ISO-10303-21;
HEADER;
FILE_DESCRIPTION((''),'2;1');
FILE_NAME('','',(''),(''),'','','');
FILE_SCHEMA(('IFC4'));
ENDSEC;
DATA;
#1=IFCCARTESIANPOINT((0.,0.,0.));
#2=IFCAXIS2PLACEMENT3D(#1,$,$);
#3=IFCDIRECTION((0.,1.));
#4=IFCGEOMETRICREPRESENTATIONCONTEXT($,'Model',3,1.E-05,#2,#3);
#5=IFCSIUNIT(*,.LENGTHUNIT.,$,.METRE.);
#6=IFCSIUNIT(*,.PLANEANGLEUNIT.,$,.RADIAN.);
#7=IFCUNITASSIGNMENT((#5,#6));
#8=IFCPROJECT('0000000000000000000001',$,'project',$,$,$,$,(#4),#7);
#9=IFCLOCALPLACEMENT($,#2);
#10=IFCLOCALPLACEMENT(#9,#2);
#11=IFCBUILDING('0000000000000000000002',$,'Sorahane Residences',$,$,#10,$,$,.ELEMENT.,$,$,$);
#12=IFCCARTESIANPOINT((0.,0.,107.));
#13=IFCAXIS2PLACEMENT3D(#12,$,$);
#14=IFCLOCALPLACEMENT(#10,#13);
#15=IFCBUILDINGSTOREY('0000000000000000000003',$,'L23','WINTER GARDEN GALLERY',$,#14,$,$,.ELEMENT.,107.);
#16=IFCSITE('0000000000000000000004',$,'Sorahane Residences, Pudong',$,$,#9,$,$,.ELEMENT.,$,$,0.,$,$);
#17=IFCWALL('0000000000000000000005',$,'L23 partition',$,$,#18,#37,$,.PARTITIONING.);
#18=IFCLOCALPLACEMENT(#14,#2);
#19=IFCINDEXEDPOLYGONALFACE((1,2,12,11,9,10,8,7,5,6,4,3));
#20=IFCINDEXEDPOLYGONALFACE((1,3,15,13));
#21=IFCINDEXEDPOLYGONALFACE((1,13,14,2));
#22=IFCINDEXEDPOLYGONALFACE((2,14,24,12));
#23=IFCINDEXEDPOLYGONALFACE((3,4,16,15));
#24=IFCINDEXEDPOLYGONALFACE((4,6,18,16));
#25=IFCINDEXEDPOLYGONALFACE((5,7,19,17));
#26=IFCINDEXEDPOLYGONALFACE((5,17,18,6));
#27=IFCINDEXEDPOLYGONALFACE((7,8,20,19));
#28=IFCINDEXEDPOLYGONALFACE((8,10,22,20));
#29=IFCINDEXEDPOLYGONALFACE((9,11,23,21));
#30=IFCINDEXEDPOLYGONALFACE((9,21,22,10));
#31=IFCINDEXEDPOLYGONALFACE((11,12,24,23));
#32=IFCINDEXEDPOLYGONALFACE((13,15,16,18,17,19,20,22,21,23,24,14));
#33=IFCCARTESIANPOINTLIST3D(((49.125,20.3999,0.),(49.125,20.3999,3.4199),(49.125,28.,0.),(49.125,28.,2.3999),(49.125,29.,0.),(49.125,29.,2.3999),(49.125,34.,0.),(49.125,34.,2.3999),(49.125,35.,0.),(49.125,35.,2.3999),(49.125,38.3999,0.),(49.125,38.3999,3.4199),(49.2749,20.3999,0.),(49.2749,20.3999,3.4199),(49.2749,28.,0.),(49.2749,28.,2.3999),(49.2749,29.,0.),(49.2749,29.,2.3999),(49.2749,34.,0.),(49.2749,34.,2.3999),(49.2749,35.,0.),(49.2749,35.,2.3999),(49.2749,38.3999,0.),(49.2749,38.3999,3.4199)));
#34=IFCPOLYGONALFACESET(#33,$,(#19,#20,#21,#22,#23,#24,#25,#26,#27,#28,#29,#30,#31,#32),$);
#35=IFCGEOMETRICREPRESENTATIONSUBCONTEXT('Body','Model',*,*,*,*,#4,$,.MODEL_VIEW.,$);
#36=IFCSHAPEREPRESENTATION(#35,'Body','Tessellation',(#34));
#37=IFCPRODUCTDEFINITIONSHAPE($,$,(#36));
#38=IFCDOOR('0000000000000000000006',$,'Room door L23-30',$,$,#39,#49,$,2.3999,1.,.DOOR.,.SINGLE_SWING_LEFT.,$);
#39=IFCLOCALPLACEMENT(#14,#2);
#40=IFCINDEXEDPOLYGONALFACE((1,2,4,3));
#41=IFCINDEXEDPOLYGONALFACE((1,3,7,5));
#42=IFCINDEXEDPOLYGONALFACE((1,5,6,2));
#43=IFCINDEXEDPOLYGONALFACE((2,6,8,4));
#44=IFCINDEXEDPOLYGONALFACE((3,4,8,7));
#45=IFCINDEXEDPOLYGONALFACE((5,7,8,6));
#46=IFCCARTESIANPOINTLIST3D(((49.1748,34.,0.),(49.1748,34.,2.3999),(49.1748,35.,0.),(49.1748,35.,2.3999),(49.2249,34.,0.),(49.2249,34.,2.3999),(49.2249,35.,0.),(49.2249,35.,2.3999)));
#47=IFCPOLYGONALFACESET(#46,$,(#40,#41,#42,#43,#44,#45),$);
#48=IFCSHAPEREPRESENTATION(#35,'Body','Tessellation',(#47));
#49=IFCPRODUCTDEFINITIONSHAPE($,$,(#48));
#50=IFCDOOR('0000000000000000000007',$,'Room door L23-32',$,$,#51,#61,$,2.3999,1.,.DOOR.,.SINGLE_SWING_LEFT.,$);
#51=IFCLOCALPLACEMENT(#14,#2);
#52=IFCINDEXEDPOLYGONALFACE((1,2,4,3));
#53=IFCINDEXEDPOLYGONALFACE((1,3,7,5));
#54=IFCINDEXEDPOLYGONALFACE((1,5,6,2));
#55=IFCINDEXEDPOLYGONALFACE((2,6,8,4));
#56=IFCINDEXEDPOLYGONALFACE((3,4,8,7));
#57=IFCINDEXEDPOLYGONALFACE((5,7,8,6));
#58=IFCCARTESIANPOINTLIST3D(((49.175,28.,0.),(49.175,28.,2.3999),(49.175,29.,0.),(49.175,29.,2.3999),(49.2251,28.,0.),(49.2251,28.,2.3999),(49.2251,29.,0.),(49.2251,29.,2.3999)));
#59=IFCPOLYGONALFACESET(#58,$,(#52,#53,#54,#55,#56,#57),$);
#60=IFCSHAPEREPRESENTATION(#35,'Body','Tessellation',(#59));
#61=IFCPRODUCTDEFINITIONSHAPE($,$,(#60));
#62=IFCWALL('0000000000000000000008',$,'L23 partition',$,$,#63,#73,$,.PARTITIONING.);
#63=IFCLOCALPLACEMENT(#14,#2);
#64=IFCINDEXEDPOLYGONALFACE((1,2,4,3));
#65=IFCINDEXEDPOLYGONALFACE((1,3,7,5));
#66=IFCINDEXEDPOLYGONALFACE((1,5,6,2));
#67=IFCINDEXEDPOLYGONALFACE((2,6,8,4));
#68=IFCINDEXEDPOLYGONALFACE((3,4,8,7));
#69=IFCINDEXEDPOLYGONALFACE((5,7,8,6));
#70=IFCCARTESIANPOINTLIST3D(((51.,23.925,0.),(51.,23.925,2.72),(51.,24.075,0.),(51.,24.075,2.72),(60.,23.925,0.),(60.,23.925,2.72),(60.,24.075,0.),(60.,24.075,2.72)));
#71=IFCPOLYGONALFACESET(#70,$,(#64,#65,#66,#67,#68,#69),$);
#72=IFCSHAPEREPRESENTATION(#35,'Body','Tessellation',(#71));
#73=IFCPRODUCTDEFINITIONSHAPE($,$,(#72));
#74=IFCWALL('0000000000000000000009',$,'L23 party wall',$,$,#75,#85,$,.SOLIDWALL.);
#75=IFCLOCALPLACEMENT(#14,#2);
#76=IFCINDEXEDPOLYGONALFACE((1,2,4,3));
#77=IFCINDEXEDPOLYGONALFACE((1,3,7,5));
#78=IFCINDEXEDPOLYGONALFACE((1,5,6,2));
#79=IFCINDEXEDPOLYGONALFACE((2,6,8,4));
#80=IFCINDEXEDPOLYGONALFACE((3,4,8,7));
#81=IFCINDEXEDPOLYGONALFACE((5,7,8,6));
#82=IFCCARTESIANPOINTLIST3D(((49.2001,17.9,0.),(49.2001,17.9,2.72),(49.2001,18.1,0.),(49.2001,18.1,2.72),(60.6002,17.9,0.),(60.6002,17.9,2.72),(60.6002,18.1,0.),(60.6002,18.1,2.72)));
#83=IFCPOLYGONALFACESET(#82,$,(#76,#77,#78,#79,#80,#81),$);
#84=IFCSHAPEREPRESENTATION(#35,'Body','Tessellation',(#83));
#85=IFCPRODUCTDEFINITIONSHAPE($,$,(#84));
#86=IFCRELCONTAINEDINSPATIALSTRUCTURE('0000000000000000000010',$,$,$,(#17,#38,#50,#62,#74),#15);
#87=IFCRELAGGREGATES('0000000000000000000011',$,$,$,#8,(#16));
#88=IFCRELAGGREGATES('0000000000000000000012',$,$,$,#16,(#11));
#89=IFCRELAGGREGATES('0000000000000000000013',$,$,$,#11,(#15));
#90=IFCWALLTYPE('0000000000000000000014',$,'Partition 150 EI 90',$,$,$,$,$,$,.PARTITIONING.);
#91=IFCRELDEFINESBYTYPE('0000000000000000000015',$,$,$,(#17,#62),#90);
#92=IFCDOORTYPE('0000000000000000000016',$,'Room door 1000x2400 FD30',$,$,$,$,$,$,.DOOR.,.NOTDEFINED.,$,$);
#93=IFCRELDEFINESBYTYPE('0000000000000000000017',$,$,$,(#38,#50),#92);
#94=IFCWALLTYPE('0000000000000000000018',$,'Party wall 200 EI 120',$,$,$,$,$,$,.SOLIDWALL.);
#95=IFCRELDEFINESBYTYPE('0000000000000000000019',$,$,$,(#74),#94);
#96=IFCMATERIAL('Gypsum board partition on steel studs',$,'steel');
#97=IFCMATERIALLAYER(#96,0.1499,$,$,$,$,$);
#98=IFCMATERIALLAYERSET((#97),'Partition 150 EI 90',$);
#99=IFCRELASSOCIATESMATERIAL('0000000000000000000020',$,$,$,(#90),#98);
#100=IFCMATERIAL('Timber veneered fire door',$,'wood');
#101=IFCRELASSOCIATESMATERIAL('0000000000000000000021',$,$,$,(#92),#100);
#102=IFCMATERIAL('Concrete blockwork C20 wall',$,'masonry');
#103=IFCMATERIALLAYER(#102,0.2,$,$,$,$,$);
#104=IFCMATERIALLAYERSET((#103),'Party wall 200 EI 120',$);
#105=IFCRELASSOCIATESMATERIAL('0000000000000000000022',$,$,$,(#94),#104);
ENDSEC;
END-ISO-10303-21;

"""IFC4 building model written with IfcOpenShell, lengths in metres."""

from ifc_helpers import new_model, si_unit, direction, frame, frame_2d, origin, place, context, subcontext, project, spatial, rectangle, extrude, material, layer, layer_set, type_object, element, fill, save


model = new_model("IFC4")

# Units and contexts
model_context = context("Model", 3, precision=1e-05, world=origin(), true_north=direction((0.0, 1.0)))
body_context = subcontext(model_context, "Body", "Model", "MODEL_VIEW")
ifc_project = project(units=[si_unit("LENGTHUNIT", "METRE"), si_unit("PLANEANGLEUNIT", "RADIAN")], contexts=[model_context])

# Site, building, storey
site_placement = place(None, origin())
site = spatial("IfcSite", under=ifc_project, at=site_placement, Name="Sorahane Residences, Pudong", CompositionType="ELEMENT", RefElevation=0.0)
building_placement = place(site_placement, origin())
building = spatial("IfcBuilding", under=site, at=building_placement, Name="Sorahane Residences", CompositionType="ELEMENT")
storey_placement = place(building_placement, frame((0.0, 0.0, 107.0)))
storey = spatial("IfcBuildingStorey", under=building, at=storey_placement, Name="L23", Description="WINTER GARDEN GALLERY", CompositionType="ELEMENT", Elevation=107.0)

# Wall, openings, doors
ifc_material_1 = material(Name="Gypsum board partition on steel studs", Category="steel")
ifc_layer_1 = layer(ifc_material_1, 0.1499)
ifc_layer_set_1 = layer_set([ifc_layer_1], Name="Partition 150 EI 90")
wall_type_1 = type_object("IfcWallType", Name="Partition 150 EI 90", PredefinedType="PARTITIONING", material=ifc_layer_set_1)
wall_1_placement = place(storey_placement, frame((49.2, 20.3999, 0.0), z_axis=(0.0, 0.0, 1.0), x_axis=(0.0, 1.0, 0.0)))
wall_1 = element("IfcWall", 1, at=wall_1_placement, inside=storey, type_object=wall_type_1, Name="L23 partition", PredefinedType="PARTITIONING", context=body_context, shape_type="SweptSolid", body=[
    extrude(rectangle(XDim=18.0, YDim=0.1499, at=frame_2d((9.0, 0.0))), origin(), (0.0, 0.0, 1.0), 3.4199),
])
opening_1_placement = place(wall_1_placement, frame((13.6001, 0.0, 0.0)))
opening_1 = element("IfcOpeningElement", 2, at=opening_1_placement, cuts=wall_1, PredefinedType="OPENING", context=body_context, shape_type="SweptSolid", body=[
    extrude(rectangle(XDim=1.0, YDim=2.3999, at=frame_2d((0.5, 1.2))), frame((0.0, 0.085, 0.0), z_axis=(0.0, -1.0, 0.0), x_axis=(1.0, 0.0, 0.0)), (0.0, 0.0, 1.0), 0.1699),
])
opening_2_placement = place(wall_1_placement, frame((7.6001, 0.0, 0.0)))
opening_2 = element("IfcOpeningElement", 3, at=opening_2_placement, cuts=wall_1, PredefinedType="OPENING", context=body_context, shape_type="SweptSolid", body=[
    extrude(rectangle(XDim=1.0, YDim=2.3999, at=frame_2d((0.5, 1.2))), frame((0.0, 0.085, 0.0), z_axis=(0.0, -1.0, 0.0), x_axis=(1.0, 0.0, 0.0)), (0.0, 0.0, 1.0), 0.1699),
])
ifc_material_2 = material(Name="Timber veneered fire door", Category="wood")
door_type_1 = type_object("IfcDoorType", Name="Room door 1000x2400 FD30", OperationType="NOTDEFINED", PredefinedType="DOOR", material=ifc_material_2)
door_1_placement = place(opening_1_placement, frame((1.0, 0.0, 0.0), z_axis=(0.0, 0.0, 1.0), x_axis=(-1.0, 0.0, 0.0)))
door_1 = element("IfcDoor", 4, at=door_1_placement, inside=storey, type_object=door_type_1, Name="Room door L23-30", OperationType="SINGLE_SWING_LEFT", OverallHeight=2.3999, OverallWidth=1.0, PredefinedType="DOOR", context=body_context, shape_type="SweptSolid", body=[
    extrude(rectangle(XDim=1.0, YDim=2.3999, at=frame_2d((0.5, 1.2))), frame((0.0, 0.0249, 0.0), z_axis=(0.0, -1.0, 0.0), x_axis=(1.0, 0.0, 0.0)), (0.0, 0.0, 1.0), 0.05),
])
fill(opening_1, door_1)
door_2_placement = place(opening_2_placement, origin())
door_2 = element("IfcDoor", 5, at=door_2_placement, inside=storey, type_object=door_type_1, Name="Room door L23-32", OperationType="SINGLE_SWING_LEFT", OverallHeight=2.3999, OverallWidth=1.0, PredefinedType="DOOR", context=body_context, shape_type="SweptSolid", body=[
    extrude(rectangle(XDim=1.0, YDim=2.3999, at=frame_2d((0.5, 1.2))), frame((0.0, 0.0249, 0.0), z_axis=(0.0, -1.0, 0.0), x_axis=(1.0, 0.0, 0.0)), (0.0, 0.0, 1.0), 0.05),
])
fill(opening_2, door_2)

# Walls
wall_2_placement = place(storey_placement, frame((51.0, 24.0, 0.0), z_axis=(0.0, 0.0, 1.0), x_axis=(1.0, 0.0, 0.0)))
element("IfcWall", 6, at=wall_2_placement, inside=storey, type_object=wall_type_1, Name="L23 partition", PredefinedType="PARTITIONING", context=body_context, shape_type="SweptSolid", body=[
    extrude(rectangle(XDim=9.0, YDim=0.1499, at=frame_2d((4.5, 0.0))), origin(), (0.0, 0.0, 1.0), 2.72),
])
ifc_material_3 = material(Name="Concrete blockwork C20 wall", Category="masonry")
ifc_layer_2 = layer(ifc_material_3, 0.2)
ifc_layer_set_2 = layer_set([ifc_layer_2], Name="Party wall 200 EI 120")
wall_type_2 = type_object("IfcWallType", Name="Party wall 200 EI 120", PredefinedType="SOLIDWALL", material=ifc_layer_set_2)
wall_3_placement = place(storey_placement, frame((49.2, 18.0, 0.0), z_axis=(0.0, 0.0, 1.0), x_axis=(1.0, 0.0, 0.0)))
element("IfcWall", 7, at=wall_3_placement, inside=storey, type_object=wall_type_2, Name="L23 party wall", PredefinedType="SOLIDWALL", context=body_context, shape_type="SweptSolid", body=[
    extrude(rectangle(XDim=11.4001, YDim=0.2, at=frame_2d((5.7002, 0.0))), origin(), (0.0, 0.0, 1.0), 2.72),
])

save(model, "model.ifc")
